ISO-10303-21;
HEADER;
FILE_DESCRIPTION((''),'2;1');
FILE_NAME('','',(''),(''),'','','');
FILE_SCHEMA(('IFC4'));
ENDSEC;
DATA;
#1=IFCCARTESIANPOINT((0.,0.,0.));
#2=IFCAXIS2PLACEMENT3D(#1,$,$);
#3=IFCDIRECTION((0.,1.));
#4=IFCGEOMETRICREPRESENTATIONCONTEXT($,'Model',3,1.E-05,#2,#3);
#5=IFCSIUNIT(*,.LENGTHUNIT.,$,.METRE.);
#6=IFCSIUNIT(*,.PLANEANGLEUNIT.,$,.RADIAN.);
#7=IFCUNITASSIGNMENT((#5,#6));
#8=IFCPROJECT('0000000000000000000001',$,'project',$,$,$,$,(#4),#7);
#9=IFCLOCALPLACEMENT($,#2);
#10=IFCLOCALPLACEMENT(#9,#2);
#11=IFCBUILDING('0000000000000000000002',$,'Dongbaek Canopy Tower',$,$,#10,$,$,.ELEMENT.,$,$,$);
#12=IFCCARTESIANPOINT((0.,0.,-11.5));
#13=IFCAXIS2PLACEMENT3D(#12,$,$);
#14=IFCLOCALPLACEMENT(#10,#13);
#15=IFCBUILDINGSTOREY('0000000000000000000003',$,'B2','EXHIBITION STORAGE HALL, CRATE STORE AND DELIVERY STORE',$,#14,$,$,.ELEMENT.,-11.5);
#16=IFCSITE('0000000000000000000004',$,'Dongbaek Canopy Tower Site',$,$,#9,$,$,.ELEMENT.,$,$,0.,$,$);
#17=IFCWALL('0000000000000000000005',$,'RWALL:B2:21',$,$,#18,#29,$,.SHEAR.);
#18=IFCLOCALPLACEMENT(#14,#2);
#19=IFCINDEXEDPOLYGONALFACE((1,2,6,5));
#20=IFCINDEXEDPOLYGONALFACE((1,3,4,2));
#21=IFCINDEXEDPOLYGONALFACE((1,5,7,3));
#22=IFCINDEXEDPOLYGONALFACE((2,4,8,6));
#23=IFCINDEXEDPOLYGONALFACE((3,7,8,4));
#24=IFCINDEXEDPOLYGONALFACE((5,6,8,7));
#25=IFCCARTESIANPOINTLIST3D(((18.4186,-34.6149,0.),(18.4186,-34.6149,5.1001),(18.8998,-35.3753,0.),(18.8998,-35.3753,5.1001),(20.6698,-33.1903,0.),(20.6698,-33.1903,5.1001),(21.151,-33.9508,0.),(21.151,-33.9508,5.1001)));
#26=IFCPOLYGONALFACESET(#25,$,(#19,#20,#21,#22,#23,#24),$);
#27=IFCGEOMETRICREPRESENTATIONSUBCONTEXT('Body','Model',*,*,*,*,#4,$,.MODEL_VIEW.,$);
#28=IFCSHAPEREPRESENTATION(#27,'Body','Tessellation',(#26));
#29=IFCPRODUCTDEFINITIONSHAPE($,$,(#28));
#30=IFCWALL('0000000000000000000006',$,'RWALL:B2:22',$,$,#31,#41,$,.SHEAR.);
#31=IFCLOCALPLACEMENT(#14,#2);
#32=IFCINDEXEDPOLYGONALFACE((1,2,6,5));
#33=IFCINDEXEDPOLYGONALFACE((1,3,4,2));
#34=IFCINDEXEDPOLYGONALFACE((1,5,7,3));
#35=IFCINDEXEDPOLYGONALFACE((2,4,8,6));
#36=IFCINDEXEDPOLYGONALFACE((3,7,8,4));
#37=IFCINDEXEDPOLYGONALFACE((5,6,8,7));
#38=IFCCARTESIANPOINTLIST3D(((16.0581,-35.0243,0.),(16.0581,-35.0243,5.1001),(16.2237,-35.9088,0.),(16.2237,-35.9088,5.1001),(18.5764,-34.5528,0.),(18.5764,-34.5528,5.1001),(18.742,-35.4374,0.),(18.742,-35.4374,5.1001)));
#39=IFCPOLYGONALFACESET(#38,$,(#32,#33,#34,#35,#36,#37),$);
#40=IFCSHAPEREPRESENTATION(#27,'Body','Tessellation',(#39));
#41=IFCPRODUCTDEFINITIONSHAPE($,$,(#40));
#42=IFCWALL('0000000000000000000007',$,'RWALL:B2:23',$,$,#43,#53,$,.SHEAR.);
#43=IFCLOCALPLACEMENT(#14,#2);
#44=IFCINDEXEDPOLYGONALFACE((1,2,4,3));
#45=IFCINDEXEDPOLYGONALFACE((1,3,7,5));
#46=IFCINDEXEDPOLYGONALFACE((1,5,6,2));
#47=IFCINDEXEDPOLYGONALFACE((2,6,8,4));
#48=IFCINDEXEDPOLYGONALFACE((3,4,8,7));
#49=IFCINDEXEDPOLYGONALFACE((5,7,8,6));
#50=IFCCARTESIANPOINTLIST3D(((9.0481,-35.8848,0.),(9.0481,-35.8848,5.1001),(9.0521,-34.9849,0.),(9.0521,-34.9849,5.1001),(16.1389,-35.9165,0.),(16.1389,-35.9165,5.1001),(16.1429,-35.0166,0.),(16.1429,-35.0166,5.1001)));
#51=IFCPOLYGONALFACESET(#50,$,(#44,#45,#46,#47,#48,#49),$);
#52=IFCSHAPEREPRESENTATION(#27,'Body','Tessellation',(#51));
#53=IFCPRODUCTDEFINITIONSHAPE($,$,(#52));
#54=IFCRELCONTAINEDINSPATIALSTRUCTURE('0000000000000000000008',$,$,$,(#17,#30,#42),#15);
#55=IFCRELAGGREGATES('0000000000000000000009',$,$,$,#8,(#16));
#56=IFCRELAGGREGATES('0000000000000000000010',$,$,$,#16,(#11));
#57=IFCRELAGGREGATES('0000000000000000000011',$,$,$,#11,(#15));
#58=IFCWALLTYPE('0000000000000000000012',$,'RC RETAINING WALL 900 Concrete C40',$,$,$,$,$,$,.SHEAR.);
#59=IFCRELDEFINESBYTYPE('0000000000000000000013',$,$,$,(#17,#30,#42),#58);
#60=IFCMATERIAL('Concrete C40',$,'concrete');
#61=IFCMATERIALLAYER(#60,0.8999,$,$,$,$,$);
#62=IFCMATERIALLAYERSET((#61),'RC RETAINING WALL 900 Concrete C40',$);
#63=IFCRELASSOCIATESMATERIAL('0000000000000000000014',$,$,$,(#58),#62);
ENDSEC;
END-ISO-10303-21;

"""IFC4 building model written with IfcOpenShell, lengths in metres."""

from ifc_helpers import new_model, si_unit, direction, frame, frame_2d, origin, place, context, subcontext, project, spatial, rectangle, extrude, material, layer, layer_set, type_object, element, save


model = new_model("IFC4")

# Units and contexts
model_context = context("Model", 3, precision=1e-05, world=origin(), true_north=direction((0.0, 1.0)))
body_context = subcontext(model_context, "Body", "Model", "MODEL_VIEW")
ifc_project = project(units=[si_unit("LENGTHUNIT", "METRE"), si_unit("PLANEANGLEUNIT", "RADIAN")], contexts=[model_context])

# Site, building, storey
site_placement = place(None, origin())
site = spatial("IfcSite", under=ifc_project, at=site_placement, Name="Dongbaek Canopy Tower Site", CompositionType="ELEMENT", RefElevation=0.0)
building_placement = place(site_placement, origin())
building = spatial("IfcBuilding", under=site, at=building_placement, Name="Dongbaek Canopy Tower", CompositionType="ELEMENT")
storey_placement = place(building_placement, frame((0.0, 0.0, -11.5)))
storey = spatial("IfcBuildingStorey", under=building, at=storey_placement, Name="B2", Description="EXHIBITION STORAGE HALL, CRATE STORE AND DELIVERY STORE", CompositionType="ELEMENT", Elevation=-11.5)

# Walls
ifc_material_1 = material(Name="Concrete C40", Category="concrete")
ifc_layer_1 = layer(ifc_material_1, 0.8999)
ifc_layer_set_1 = layer_set([ifc_layer_1], Name="RC RETAINING WALL 900 Concrete C40")
wall_type_1 = type_object("IfcWallType", Name="RC RETAINING WALL 900 Concrete C40", PredefinedType="SHEAR", material=ifc_layer_set_1)
wall_1_placement = place(storey_placement, frame((20.9104, -33.5706, 0.0), z_axis=(0.0, 0.0, 1.0), x_axis=(-0.845025, -0.534727, 0.0)))
element("IfcWall", 1, at=wall_1_placement, inside=storey, type_object=wall_type_1, Name="RWALL:B2:21", PredefinedType="SHEAR", context=body_context, shape_type="SweptSolid", body=[
    extrude(rectangle(XDim=2.6641, YDim=0.8999, at=frame_2d((1.332, 0.0))), origin(), (0.0, 0.0, 1.0), 5.1001),
])
wall_2_placement = place(storey_placement, frame((18.6592, -34.9951, 0.0), z_axis=(0.0, 0.0, 1.0), x_axis=(-0.982925, -0.184007, 0.0)))
element("IfcWall", 2, at=wall_2_placement, inside=storey, type_object=wall_type_1, Name="RWALL:B2:22", PredefinedType="SHEAR", context=body_context, shape_type="SweptSolid", body=[
    extrude(rectangle(XDim=2.562, YDim=0.8999, at=frame_2d((1.281, 0.0))), origin(), (0.0, 0.0, 1.0), 5.1001),
])
wall_3_placement = place(storey_placement, frame((16.1409, -35.4666, 0.0), z_axis=(0.0, 0.0, 1.0), x_axis=(-0.99999, 0.004476, 0.0)))
element("IfcWall", 3, at=wall_3_placement, inside=storey, type_object=wall_type_1, Name="RWALL:B2:23", PredefinedType="SHEAR", context=body_context, shape_type="SweptSolid", body=[
    extrude(rectangle(XDim=7.0908, YDim=0.8999, at=frame_2d((3.5454, 0.0))), origin(), (0.0, 0.0, 1.0), 5.1001),
])

save(model, "model.ifc")
